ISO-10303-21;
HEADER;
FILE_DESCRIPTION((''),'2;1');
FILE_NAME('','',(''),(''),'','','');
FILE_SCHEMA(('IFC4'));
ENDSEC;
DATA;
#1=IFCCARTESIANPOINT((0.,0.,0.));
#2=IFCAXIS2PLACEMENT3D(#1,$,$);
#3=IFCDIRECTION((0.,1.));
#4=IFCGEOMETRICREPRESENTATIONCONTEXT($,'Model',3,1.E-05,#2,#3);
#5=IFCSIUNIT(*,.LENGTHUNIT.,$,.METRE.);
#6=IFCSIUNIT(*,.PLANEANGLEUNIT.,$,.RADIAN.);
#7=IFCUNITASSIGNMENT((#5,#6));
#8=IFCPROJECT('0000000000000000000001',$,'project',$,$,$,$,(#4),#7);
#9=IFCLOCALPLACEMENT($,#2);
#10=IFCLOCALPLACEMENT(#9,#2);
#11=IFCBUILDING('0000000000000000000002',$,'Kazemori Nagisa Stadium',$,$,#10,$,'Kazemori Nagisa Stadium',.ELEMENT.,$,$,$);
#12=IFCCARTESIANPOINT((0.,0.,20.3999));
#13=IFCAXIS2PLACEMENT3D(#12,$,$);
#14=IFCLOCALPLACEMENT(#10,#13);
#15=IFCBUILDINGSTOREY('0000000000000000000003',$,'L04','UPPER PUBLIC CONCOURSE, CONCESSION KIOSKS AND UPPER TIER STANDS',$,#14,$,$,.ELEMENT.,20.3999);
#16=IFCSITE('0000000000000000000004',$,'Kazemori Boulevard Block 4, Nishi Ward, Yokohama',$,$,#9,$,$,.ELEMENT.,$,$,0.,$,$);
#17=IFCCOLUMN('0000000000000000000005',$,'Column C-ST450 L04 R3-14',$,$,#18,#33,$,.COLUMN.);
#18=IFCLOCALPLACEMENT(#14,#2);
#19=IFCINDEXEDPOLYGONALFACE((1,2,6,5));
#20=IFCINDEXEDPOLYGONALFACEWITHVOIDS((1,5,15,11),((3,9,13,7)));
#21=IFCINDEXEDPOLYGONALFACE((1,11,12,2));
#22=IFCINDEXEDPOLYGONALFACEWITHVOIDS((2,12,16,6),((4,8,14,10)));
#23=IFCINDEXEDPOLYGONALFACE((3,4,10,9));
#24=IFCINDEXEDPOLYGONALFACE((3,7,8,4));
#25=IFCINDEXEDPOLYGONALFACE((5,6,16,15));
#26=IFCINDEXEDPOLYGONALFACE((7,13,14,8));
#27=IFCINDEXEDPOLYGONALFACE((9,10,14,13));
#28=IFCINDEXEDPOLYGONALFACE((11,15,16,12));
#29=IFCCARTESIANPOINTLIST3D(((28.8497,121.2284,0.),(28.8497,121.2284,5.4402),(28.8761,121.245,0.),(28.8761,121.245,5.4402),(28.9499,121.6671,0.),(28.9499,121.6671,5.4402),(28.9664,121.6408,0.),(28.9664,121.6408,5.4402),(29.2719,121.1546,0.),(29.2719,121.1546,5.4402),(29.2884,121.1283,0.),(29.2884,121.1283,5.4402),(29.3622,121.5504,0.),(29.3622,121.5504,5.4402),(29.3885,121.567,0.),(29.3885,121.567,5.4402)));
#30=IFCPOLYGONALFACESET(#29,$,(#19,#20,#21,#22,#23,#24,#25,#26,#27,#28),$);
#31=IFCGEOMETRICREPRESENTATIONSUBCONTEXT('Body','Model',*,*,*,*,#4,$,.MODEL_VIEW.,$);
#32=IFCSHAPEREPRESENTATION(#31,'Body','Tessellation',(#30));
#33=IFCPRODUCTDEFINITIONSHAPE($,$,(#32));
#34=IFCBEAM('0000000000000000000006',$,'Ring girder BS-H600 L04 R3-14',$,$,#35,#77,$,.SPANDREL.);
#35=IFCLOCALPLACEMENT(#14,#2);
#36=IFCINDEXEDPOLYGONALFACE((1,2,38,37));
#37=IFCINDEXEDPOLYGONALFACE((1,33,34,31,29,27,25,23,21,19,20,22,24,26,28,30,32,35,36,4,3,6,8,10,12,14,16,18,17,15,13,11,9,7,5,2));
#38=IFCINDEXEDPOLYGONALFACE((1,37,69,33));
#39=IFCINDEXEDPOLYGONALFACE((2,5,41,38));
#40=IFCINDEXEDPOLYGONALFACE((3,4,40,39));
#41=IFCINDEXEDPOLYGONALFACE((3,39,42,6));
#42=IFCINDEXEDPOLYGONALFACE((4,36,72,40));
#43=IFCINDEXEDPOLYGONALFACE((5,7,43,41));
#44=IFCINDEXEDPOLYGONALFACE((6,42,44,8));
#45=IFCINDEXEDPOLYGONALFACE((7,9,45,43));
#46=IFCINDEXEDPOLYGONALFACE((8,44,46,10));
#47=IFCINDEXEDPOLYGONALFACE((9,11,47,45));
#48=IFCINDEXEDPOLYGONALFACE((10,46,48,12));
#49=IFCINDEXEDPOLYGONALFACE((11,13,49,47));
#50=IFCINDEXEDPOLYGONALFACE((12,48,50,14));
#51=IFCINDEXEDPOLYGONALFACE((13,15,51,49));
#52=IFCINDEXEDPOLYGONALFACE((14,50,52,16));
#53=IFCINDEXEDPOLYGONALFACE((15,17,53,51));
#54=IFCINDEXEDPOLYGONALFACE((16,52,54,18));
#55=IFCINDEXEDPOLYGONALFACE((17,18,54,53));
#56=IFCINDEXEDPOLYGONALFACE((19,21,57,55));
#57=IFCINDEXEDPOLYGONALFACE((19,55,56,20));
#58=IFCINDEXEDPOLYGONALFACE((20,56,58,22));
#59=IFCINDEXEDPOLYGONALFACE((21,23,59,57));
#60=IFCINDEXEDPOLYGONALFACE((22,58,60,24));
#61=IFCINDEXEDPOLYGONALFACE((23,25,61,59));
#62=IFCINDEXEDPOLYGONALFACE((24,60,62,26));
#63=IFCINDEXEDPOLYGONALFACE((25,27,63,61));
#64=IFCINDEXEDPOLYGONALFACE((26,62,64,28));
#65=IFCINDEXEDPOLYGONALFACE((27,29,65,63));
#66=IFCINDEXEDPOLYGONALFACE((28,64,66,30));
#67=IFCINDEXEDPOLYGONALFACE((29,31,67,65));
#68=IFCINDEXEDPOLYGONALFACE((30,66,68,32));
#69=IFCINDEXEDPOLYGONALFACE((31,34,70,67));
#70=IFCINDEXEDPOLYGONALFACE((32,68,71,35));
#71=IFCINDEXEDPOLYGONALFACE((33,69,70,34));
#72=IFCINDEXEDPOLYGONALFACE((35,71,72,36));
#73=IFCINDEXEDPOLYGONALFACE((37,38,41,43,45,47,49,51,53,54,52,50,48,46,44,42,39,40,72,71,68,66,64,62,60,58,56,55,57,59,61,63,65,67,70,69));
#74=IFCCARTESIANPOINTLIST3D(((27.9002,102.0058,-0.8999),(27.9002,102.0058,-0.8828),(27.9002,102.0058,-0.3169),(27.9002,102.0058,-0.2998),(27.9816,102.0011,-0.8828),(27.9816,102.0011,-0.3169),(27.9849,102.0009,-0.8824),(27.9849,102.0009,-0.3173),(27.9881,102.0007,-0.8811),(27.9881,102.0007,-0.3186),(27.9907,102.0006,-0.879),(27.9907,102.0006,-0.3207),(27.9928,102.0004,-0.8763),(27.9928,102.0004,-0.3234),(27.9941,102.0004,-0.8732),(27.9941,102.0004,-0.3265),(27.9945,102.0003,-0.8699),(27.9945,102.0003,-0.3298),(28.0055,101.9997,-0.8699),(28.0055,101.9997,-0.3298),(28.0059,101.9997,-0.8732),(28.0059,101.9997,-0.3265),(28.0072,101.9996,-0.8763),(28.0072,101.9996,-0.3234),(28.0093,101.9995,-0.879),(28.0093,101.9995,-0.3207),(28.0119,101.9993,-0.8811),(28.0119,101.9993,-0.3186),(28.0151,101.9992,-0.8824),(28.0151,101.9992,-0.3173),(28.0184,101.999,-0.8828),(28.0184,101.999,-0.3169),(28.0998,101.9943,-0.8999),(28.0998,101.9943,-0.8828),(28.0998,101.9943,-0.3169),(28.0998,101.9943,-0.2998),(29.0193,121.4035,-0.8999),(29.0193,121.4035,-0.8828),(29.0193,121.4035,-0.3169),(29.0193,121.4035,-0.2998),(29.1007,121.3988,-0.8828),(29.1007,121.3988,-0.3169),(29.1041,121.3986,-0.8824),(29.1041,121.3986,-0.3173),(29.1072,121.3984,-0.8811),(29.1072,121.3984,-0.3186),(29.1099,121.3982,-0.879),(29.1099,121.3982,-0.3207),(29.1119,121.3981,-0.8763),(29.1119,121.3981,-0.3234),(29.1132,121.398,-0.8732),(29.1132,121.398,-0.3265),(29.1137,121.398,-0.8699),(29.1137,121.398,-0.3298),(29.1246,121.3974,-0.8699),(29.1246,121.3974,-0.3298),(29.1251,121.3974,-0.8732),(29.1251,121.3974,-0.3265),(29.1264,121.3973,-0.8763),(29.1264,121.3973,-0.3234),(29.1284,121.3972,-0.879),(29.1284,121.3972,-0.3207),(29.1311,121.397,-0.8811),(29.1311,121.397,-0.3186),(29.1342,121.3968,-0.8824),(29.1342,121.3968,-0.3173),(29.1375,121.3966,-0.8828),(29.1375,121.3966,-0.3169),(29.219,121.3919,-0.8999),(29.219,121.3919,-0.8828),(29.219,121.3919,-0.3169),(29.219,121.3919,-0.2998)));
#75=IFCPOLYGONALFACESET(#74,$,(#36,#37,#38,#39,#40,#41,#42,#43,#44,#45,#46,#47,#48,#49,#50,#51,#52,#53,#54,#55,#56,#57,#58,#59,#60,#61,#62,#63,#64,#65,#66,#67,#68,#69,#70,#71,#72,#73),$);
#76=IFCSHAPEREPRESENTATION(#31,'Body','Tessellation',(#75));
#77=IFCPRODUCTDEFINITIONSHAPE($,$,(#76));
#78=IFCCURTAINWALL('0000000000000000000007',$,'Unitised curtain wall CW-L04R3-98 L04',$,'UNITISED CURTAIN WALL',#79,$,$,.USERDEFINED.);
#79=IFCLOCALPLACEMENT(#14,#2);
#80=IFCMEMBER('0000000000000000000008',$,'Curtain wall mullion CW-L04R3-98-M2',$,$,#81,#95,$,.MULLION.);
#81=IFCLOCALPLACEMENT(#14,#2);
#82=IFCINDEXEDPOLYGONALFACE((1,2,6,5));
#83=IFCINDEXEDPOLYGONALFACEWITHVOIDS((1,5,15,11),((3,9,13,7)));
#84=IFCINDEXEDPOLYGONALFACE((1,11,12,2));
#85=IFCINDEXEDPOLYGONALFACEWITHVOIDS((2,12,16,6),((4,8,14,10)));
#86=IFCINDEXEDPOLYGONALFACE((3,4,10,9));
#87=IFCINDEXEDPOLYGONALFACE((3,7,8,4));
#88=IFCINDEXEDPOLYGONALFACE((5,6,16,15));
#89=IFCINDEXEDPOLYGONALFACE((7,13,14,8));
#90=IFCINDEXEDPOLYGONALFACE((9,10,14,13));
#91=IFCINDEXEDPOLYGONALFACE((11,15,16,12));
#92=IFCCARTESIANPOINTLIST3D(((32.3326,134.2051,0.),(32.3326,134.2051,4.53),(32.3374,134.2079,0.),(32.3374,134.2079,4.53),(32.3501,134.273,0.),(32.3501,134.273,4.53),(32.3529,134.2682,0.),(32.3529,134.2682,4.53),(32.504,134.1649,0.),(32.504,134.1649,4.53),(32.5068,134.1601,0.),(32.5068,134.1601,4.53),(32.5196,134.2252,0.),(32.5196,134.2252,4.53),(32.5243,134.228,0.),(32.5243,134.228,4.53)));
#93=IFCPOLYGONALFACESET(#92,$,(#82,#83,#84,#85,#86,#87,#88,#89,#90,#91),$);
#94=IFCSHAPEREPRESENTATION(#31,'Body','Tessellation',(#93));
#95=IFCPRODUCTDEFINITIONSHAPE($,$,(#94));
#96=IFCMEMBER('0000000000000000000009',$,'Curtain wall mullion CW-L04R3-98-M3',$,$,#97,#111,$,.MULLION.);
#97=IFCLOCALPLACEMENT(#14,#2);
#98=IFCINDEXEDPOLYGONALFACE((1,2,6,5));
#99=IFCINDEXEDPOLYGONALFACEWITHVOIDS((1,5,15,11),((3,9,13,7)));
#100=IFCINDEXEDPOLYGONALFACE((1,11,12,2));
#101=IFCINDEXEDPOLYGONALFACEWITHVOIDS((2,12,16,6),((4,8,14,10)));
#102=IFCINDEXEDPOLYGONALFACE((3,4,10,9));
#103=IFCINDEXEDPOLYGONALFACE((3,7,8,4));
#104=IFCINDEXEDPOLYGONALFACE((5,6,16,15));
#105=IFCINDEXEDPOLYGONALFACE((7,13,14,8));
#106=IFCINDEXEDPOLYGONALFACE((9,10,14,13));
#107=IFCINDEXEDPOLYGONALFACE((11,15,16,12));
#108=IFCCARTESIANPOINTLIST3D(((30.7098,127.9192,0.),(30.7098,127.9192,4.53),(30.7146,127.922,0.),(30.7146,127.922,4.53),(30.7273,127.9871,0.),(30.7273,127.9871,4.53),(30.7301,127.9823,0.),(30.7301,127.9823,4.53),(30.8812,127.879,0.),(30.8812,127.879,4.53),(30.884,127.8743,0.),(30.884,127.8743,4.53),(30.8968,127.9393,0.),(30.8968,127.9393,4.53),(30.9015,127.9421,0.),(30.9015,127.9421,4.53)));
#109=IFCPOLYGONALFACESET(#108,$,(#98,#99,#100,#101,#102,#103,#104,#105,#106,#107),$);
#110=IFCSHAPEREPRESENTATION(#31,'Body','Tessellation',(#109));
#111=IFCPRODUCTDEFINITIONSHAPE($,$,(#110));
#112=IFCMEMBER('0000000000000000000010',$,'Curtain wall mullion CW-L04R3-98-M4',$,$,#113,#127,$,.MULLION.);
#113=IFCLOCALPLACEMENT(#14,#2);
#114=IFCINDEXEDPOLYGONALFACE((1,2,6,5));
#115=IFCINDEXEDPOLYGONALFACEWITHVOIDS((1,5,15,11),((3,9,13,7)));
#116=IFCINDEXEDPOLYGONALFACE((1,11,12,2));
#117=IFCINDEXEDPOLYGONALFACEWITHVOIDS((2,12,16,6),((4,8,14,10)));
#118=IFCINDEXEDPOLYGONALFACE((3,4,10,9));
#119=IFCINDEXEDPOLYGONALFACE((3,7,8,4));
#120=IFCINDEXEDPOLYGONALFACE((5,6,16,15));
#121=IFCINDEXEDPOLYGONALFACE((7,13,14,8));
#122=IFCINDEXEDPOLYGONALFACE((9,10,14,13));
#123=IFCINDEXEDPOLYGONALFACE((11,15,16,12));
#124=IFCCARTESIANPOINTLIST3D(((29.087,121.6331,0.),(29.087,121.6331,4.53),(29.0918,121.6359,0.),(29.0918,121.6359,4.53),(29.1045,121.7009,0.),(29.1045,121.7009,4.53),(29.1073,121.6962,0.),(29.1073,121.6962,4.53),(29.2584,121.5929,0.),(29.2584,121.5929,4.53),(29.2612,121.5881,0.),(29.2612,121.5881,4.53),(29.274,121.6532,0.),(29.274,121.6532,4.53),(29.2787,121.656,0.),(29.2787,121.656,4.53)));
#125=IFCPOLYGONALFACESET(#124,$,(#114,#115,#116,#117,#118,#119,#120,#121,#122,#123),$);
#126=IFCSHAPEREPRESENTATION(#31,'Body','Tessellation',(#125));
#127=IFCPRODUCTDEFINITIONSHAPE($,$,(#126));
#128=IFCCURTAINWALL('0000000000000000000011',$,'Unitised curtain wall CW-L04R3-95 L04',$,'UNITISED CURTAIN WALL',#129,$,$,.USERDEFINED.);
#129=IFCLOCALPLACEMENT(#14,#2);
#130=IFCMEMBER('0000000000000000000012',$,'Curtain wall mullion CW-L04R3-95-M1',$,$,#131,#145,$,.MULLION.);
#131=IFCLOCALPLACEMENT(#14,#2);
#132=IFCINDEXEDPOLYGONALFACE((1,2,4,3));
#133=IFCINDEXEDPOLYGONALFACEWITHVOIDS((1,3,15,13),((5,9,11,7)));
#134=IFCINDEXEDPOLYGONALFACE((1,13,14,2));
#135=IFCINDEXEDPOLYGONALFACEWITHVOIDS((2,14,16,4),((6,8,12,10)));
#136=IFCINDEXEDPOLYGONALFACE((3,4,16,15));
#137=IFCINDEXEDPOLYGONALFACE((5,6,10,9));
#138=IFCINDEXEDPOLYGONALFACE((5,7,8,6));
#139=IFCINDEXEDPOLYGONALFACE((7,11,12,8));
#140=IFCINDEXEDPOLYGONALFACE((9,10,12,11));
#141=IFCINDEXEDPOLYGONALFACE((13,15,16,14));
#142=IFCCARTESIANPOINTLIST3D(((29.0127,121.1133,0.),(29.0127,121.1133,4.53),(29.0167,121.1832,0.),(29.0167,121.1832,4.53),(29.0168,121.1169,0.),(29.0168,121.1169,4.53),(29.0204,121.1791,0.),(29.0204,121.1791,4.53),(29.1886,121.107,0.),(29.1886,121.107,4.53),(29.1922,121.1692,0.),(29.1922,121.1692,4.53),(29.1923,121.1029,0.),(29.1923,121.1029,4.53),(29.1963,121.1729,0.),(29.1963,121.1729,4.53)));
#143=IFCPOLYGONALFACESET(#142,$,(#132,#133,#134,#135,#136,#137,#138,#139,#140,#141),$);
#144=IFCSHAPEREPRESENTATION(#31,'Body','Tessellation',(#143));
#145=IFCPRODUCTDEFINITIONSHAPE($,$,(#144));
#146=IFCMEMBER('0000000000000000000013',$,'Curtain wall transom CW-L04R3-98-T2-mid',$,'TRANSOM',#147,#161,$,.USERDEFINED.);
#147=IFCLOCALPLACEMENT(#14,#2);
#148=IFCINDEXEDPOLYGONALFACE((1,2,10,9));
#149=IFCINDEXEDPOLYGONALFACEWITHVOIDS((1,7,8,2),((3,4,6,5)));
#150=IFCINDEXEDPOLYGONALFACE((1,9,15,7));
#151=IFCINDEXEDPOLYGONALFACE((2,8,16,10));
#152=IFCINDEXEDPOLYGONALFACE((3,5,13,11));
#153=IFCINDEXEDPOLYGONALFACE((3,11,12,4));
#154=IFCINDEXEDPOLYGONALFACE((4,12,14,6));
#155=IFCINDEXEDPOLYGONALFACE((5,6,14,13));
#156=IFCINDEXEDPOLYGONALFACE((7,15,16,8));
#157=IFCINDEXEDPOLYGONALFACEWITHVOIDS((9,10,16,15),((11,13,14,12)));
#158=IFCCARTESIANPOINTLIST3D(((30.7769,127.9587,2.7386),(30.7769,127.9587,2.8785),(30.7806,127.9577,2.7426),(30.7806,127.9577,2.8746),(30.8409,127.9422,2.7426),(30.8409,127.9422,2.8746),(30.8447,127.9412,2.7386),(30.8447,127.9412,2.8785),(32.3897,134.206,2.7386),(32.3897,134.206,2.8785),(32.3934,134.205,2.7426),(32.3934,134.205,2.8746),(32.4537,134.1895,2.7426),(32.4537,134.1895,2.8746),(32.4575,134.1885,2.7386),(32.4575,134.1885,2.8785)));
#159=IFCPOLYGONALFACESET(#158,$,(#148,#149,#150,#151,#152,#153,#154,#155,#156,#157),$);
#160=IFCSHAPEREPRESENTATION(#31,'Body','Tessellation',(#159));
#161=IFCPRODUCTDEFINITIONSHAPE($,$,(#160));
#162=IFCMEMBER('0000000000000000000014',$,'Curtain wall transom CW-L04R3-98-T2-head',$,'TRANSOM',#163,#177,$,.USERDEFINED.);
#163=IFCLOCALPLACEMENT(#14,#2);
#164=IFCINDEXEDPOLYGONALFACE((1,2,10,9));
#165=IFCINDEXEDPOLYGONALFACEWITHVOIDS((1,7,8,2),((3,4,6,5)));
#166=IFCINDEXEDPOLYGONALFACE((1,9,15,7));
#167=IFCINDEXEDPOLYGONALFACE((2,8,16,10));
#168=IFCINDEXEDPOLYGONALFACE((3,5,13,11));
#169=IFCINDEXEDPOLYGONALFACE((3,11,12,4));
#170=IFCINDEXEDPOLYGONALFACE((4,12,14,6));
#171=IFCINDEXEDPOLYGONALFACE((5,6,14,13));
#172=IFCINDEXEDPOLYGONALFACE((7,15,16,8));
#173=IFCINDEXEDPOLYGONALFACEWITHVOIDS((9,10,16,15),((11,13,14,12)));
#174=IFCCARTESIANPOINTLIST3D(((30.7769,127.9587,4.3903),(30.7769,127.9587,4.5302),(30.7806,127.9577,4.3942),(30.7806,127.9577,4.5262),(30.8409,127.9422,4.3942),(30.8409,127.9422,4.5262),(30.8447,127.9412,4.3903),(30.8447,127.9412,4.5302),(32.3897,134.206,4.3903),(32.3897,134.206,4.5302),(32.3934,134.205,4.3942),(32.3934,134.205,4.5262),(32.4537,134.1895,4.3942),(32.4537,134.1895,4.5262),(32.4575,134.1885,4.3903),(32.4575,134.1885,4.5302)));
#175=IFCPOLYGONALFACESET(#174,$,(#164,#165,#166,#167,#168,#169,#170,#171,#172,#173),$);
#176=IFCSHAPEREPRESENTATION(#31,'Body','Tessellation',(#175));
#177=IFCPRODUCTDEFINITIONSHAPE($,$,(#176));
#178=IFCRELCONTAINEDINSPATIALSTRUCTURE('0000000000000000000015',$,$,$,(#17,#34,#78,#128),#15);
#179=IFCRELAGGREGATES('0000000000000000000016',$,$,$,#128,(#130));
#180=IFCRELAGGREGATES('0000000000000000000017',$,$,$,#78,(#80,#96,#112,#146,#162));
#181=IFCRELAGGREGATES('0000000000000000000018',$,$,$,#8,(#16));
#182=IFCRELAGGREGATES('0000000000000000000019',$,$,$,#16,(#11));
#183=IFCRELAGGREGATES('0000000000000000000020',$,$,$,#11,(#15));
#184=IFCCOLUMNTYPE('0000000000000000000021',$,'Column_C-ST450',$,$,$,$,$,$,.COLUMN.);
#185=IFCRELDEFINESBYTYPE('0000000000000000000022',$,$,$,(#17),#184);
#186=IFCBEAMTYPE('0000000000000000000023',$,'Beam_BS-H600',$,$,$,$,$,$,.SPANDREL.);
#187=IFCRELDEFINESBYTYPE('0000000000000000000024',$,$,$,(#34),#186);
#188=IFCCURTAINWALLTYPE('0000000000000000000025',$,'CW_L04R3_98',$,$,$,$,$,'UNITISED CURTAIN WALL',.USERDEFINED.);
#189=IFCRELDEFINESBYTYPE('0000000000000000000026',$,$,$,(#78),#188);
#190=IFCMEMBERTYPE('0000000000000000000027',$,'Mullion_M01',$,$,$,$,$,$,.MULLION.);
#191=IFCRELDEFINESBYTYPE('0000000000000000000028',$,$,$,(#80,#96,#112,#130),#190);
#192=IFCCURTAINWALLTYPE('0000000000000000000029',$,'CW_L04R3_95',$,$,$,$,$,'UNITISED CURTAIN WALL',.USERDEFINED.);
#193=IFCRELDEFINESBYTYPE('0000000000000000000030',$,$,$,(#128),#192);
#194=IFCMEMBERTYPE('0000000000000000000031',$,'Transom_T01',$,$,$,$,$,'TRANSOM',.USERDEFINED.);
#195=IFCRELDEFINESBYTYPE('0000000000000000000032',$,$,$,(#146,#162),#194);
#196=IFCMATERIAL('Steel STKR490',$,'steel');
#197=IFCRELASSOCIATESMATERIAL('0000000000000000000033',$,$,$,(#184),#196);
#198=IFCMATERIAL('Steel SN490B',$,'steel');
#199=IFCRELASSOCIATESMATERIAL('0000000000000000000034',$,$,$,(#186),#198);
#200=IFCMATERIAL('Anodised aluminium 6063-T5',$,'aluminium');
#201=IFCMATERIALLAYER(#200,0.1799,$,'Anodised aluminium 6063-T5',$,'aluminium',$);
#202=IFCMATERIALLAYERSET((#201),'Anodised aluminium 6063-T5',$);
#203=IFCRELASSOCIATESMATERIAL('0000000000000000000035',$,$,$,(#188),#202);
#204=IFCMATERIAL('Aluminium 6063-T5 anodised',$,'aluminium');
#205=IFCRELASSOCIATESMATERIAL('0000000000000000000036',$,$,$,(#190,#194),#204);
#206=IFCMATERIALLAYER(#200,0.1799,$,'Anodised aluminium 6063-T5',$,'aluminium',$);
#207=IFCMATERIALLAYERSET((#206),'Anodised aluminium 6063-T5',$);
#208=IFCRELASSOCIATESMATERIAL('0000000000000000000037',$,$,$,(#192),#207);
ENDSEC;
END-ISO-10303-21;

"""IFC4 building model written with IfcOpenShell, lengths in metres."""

from ifc_helpers import new_model, si_unit, direction, frame, origin, origin_2d, place, context, subcontext, project, spatial, hollow_rectangle, i_section, extrude, material, layer, layer_set, material_profile, profile_set, type_object, element, aggregate, save


model = new_model("IFC4")

# Units and contexts
model_context = context("Model", 3, precision=1e-05, world=origin(), true_north=direction((0.0, 1.0)))
body_context = subcontext(model_context, "Body", "Model", "MODEL_VIEW")
ifc_project = project(units=[si_unit("LENGTHUNIT", "METRE"), si_unit("PLANEANGLEUNIT", "RADIAN")], contexts=[model_context])

# Site, building, storey
site_placement = place(None, origin())
site = spatial("IfcSite", under=ifc_project, at=site_placement, Name="Kazemori Boulevard Block 4, Nishi Ward, Yokohama", CompositionType="ELEMENT", RefElevation=0.0)
building_placement = place(site_placement, origin())
building = spatial("IfcBuilding", under=site, at=building_placement, Name="Kazemori Nagisa Stadium", LongName="Kazemori Nagisa Stadium", CompositionType="ELEMENT")
storey_placement = place(building_placement, frame((0.0, 0.0, 20.3999)))
storey = spatial("IfcBuildingStorey", under=building, at=storey_placement, Name="L04", Description="UPPER PUBLIC CONCOURSE, CONCESSION KIOSKS AND UPPER TIER STANDS", CompositionType="ELEMENT", Elevation=20.3999)

# Column
ifc_material_1 = material(Name="Steel STKR490", Category="steel")
ifc_material_profile_1 = material_profile(ifc_material_1, hollow_rectangle(XDim=0.45, YDim=0.45, WallThickness=0.022, at=origin_2d()), Name="SHS-450x450x22")
ifc_profile_set_1 = profile_set([ifc_material_profile_1], Name="Steel STKR490")
column_type = type_object("IfcColumnType", Name="Column_C-ST450", PredefinedType="COLUMN", material=ifc_profile_set_1)
column_placement = place(storey_placement, frame((29.1191, 121.3977, 0.0), z_axis=(0.0, 0.0, 1.0), x_axis=(-0.974928, 0.222521, 0.0)))
element("IfcColumn", 1, at=column_placement, inside=storey, type_object=column_type, Name="Column C-ST450 L04 R3-14", PredefinedType="COLUMN", context=body_context, shape_type="SweptSolid", body=[
    extrude(hollow_rectangle(XDim=0.45, YDim=0.45, WallThickness=0.022, at=origin_2d()), origin(), (0.0, 0.0, 1.0), 5.4402),
])

# Beam
ifc_material_2 = material(Name="Steel SN490B", Category="steel")
ifc_material_profile_2 = material_profile(ifc_material_2, i_section(OverallWidth=0.2, OverallDepth=0.6001, WebThickness=0.011, FlangeThickness=0.0171, FilletRadius=0.0129, at=origin_2d()), Name="H-600x200x11x17")
ifc_profile_set_2 = profile_set([ifc_material_profile_2], Name="Steel SN490B")
beam_type = type_object("IfcBeamType", Name="Beam_BS-H600", PredefinedType="SPANDREL", material=ifc_profile_set_2)
beam_placement = place(storey_placement, frame((29.1191, 121.3977, -0.5999), z_axis=(-0.057599, -0.99834, 0.0), x_axis=(0.99834, -0.057599, 0.0)))
element("IfcBeam", 2, at=beam_placement, inside=storey, type_object=beam_type, Name="Ring girder BS-H600 L04 R3-14", PredefinedType="SPANDREL", context=body_context, shape_type="SweptSolid", body=[
    extrude(i_section(OverallWidth=0.2, OverallDepth=0.6001, WebThickness=0.011, FlangeThickness=0.0171, FilletRadius=0.0129, at=origin_2d()), origin(), (0.0, 0.0, 1.0), 19.4299),
])

# Curtain wall, members
ifc_material_3 = material(Name="Anodised aluminium 6063-T5", Category="aluminium")
ifc_layer_1 = layer(ifc_material_3, 0.1799, Name="Anodised aluminium 6063-T5", Category="aluminium")
ifc_layer_set_1 = layer_set([ifc_layer_1], Name="Anodised aluminium 6063-T5")
curtain_wall_type_1 = type_object("IfcCurtainWallType", Name="CW_L04R3_98", ElementType="UNITISED CURTAIN WALL", PredefinedType="USERDEFINED", material=ifc_layer_set_1)
curtain_wall_1_placement = place(storey_placement, origin())
curtain_wall_1 = element("IfcCurtainWall", 3, at=curtain_wall_1_placement, inside=storey, type_object=curtain_wall_type_1, Name="Unitised curtain wall CW-L04R3-98 L04", ObjectType="UNITISED CURTAIN WALL", PredefinedType="USERDEFINED")
ifc_material_4 = material(Name="Aluminium 6063-T5 anodised", Category="aluminium")
ifc_material_profile_3 = material_profile(ifc_material_4, hollow_rectangle(XDim=0.0701, YDim=0.1799, WallThickness=0.0039, at=origin_2d()), Name="ALU-MULL-70x180x4")
ifc_profile_set_3 = profile_set([ifc_material_profile_3], Name="Aluminium 6063-T5 anodised")
member_type_1 = type_object("IfcMemberType", Name="Mullion_M01", PredefinedType="MULLION", material=ifc_profile_set_3)
member_1_placement = place(storey_placement, frame((32.4285, 134.2166, 0.0), z_axis=(0.0, 0.0, 1.0), x_axis=(-0.249965, -0.968255, 0.0)))
member_1 = element("IfcMember", 4, at=member_1_placement, type_object=member_type_1, Name="Curtain wall mullion CW-L04R3-98-M2", PredefinedType="MULLION", context=body_context, shape_type="SweptSolid", body=[
    extrude(hollow_rectangle(XDim=0.0701, YDim=0.1799, WallThickness=0.0039, at=origin_2d()), origin(), (0.0, 0.0, 1.0), 4.53),
])
member_2_placement = place(storey_placement, frame((30.8057, 127.9307, 0.0), z_axis=(0.0, 0.0, 1.0), x_axis=(-0.249965, -0.968255, 0.0)))
member_2 = element("IfcMember", 5, at=member_2_placement, type_object=member_type_1, Name="Curtain wall mullion CW-L04R3-98-M3", PredefinedType="MULLION", context=body_context, shape_type="SweptSolid", body=[
    extrude(hollow_rectangle(XDim=0.0701, YDim=0.1799, WallThickness=0.0039, at=origin_2d()), origin(), (0.0, 0.0, 1.0), 4.53),
])
member_3_placement = place(storey_placement, frame((29.1829, 121.6445, 0.0), z_axis=(0.0, 0.0, 1.0), x_axis=(-0.249965, -0.968255, 0.0)))
member_3 = element("IfcMember", 6, at=member_3_placement, type_object=member_type_1, Name="Curtain wall mullion CW-L04R3-98-M4", PredefinedType="MULLION", context=body_context, shape_type="SweptSolid", body=[
    extrude(hollow_rectangle(XDim=0.0701, YDim=0.1799, WallThickness=0.0039, at=origin_2d()), origin(), (0.0, 0.0, 1.0), 4.53),
])

# Curtain wall, member
ifc_layer_2 = layer(ifc_material_3, 0.1799, Name="Anodised aluminium 6063-T5", Category="aluminium")
ifc_layer_set_2 = layer_set([ifc_layer_2], Name="Anodised aluminium 6063-T5")
curtain_wall_type_2 = type_object("IfcCurtainWallType", Name="CW_L04R3_95", ElementType="UNITISED CURTAIN WALL", PredefinedType="USERDEFINED", material=ifc_layer_set_2)
curtain_wall_2_placement = place(storey_placement, origin())
curtain_wall_2 = element("IfcCurtainWall", 7, at=curtain_wall_2_placement, inside=storey, type_object=curtain_wall_type_2, Name="Unitised curtain wall CW-L04R3-95 L04", ObjectType="UNITISED CURTAIN WALL", PredefinedType="USERDEFINED")
member_4_placement = place(storey_placement, frame((29.1045, 121.1431, 0.0), z_axis=(0.0, 0.0, 1.0), x_axis=(-0.057602, -0.99834, 0.0)))
member_4 = element("IfcMember", 8, at=member_4_placement, type_object=member_type_1, Name="Curtain wall mullion CW-L04R3-95-M1", PredefinedType="MULLION", context=body_context, shape_type="SweptSolid", body=[
    extrude(hollow_rectangle(XDim=0.0701, YDim=0.1799, WallThickness=0.0039, at=origin_2d()), origin(), (0.0, 0.0, 1.0), 4.53),
])

# Members
ifc_material_profile_4 = material_profile(ifc_material_4, hollow_rectangle(XDim=0.0701, YDim=0.1399, WallThickness=0.0039, at=origin_2d()), Name="ALU-TRAN-70x140x4")
ifc_profile_set_4 = profile_set([ifc_material_profile_4], Name="Aluminium 6063-T5 anodised")
member_type_2 = type_object("IfcMemberType", Name="Transom_T01", ElementType="TRANSOM", PredefinedType="USERDEFINED", material=ifc_profile_set_4)
member_5_placement = place(storey_placement, frame((32.4236, 134.1973, 2.8086), z_axis=(-0.249963, -0.968255, 0.0), x_axis=(0.968255, -0.249963, 0.0)))
member_5 = element("IfcMember", 9, at=member_5_placement, type_object=member_type_2, Name="Curtain wall transom CW-L04R3-98-T2-mid", ObjectType="TRANSOM", PredefinedType="USERDEFINED", context=body_context, shape_type="SweptSolid", body=[
    extrude(hollow_rectangle(XDim=0.0701, YDim=0.1399, WallThickness=0.0039, at=origin_2d()), origin(), (0.0, 0.0, 1.0), 6.4521),
])
member_6_placement = place(storey_placement, frame((32.4236, 134.1973, 4.4602), z_axis=(-0.249963, -0.968255, 0.0), x_axis=(0.968255, -0.249963, 0.0)))
member_6 = element("IfcMember", 10, at=member_6_placement, type_object=member_type_2, Name="Curtain wall transom CW-L04R3-98-T2-head", ObjectType="TRANSOM", PredefinedType="USERDEFINED", context=body_context, shape_type="SweptSolid", body=[
    extrude(hollow_rectangle(XDim=0.0701, YDim=0.1399, WallThickness=0.0039, at=origin_2d()), origin(), (0.0, 0.0, 1.0), 6.4521),
])
aggregate(curtain_wall_2, [member_4])

aggregate(curtain_wall_1, [member_1, member_2, member_3, member_5, member_6])

save(model, "model.ifc")
